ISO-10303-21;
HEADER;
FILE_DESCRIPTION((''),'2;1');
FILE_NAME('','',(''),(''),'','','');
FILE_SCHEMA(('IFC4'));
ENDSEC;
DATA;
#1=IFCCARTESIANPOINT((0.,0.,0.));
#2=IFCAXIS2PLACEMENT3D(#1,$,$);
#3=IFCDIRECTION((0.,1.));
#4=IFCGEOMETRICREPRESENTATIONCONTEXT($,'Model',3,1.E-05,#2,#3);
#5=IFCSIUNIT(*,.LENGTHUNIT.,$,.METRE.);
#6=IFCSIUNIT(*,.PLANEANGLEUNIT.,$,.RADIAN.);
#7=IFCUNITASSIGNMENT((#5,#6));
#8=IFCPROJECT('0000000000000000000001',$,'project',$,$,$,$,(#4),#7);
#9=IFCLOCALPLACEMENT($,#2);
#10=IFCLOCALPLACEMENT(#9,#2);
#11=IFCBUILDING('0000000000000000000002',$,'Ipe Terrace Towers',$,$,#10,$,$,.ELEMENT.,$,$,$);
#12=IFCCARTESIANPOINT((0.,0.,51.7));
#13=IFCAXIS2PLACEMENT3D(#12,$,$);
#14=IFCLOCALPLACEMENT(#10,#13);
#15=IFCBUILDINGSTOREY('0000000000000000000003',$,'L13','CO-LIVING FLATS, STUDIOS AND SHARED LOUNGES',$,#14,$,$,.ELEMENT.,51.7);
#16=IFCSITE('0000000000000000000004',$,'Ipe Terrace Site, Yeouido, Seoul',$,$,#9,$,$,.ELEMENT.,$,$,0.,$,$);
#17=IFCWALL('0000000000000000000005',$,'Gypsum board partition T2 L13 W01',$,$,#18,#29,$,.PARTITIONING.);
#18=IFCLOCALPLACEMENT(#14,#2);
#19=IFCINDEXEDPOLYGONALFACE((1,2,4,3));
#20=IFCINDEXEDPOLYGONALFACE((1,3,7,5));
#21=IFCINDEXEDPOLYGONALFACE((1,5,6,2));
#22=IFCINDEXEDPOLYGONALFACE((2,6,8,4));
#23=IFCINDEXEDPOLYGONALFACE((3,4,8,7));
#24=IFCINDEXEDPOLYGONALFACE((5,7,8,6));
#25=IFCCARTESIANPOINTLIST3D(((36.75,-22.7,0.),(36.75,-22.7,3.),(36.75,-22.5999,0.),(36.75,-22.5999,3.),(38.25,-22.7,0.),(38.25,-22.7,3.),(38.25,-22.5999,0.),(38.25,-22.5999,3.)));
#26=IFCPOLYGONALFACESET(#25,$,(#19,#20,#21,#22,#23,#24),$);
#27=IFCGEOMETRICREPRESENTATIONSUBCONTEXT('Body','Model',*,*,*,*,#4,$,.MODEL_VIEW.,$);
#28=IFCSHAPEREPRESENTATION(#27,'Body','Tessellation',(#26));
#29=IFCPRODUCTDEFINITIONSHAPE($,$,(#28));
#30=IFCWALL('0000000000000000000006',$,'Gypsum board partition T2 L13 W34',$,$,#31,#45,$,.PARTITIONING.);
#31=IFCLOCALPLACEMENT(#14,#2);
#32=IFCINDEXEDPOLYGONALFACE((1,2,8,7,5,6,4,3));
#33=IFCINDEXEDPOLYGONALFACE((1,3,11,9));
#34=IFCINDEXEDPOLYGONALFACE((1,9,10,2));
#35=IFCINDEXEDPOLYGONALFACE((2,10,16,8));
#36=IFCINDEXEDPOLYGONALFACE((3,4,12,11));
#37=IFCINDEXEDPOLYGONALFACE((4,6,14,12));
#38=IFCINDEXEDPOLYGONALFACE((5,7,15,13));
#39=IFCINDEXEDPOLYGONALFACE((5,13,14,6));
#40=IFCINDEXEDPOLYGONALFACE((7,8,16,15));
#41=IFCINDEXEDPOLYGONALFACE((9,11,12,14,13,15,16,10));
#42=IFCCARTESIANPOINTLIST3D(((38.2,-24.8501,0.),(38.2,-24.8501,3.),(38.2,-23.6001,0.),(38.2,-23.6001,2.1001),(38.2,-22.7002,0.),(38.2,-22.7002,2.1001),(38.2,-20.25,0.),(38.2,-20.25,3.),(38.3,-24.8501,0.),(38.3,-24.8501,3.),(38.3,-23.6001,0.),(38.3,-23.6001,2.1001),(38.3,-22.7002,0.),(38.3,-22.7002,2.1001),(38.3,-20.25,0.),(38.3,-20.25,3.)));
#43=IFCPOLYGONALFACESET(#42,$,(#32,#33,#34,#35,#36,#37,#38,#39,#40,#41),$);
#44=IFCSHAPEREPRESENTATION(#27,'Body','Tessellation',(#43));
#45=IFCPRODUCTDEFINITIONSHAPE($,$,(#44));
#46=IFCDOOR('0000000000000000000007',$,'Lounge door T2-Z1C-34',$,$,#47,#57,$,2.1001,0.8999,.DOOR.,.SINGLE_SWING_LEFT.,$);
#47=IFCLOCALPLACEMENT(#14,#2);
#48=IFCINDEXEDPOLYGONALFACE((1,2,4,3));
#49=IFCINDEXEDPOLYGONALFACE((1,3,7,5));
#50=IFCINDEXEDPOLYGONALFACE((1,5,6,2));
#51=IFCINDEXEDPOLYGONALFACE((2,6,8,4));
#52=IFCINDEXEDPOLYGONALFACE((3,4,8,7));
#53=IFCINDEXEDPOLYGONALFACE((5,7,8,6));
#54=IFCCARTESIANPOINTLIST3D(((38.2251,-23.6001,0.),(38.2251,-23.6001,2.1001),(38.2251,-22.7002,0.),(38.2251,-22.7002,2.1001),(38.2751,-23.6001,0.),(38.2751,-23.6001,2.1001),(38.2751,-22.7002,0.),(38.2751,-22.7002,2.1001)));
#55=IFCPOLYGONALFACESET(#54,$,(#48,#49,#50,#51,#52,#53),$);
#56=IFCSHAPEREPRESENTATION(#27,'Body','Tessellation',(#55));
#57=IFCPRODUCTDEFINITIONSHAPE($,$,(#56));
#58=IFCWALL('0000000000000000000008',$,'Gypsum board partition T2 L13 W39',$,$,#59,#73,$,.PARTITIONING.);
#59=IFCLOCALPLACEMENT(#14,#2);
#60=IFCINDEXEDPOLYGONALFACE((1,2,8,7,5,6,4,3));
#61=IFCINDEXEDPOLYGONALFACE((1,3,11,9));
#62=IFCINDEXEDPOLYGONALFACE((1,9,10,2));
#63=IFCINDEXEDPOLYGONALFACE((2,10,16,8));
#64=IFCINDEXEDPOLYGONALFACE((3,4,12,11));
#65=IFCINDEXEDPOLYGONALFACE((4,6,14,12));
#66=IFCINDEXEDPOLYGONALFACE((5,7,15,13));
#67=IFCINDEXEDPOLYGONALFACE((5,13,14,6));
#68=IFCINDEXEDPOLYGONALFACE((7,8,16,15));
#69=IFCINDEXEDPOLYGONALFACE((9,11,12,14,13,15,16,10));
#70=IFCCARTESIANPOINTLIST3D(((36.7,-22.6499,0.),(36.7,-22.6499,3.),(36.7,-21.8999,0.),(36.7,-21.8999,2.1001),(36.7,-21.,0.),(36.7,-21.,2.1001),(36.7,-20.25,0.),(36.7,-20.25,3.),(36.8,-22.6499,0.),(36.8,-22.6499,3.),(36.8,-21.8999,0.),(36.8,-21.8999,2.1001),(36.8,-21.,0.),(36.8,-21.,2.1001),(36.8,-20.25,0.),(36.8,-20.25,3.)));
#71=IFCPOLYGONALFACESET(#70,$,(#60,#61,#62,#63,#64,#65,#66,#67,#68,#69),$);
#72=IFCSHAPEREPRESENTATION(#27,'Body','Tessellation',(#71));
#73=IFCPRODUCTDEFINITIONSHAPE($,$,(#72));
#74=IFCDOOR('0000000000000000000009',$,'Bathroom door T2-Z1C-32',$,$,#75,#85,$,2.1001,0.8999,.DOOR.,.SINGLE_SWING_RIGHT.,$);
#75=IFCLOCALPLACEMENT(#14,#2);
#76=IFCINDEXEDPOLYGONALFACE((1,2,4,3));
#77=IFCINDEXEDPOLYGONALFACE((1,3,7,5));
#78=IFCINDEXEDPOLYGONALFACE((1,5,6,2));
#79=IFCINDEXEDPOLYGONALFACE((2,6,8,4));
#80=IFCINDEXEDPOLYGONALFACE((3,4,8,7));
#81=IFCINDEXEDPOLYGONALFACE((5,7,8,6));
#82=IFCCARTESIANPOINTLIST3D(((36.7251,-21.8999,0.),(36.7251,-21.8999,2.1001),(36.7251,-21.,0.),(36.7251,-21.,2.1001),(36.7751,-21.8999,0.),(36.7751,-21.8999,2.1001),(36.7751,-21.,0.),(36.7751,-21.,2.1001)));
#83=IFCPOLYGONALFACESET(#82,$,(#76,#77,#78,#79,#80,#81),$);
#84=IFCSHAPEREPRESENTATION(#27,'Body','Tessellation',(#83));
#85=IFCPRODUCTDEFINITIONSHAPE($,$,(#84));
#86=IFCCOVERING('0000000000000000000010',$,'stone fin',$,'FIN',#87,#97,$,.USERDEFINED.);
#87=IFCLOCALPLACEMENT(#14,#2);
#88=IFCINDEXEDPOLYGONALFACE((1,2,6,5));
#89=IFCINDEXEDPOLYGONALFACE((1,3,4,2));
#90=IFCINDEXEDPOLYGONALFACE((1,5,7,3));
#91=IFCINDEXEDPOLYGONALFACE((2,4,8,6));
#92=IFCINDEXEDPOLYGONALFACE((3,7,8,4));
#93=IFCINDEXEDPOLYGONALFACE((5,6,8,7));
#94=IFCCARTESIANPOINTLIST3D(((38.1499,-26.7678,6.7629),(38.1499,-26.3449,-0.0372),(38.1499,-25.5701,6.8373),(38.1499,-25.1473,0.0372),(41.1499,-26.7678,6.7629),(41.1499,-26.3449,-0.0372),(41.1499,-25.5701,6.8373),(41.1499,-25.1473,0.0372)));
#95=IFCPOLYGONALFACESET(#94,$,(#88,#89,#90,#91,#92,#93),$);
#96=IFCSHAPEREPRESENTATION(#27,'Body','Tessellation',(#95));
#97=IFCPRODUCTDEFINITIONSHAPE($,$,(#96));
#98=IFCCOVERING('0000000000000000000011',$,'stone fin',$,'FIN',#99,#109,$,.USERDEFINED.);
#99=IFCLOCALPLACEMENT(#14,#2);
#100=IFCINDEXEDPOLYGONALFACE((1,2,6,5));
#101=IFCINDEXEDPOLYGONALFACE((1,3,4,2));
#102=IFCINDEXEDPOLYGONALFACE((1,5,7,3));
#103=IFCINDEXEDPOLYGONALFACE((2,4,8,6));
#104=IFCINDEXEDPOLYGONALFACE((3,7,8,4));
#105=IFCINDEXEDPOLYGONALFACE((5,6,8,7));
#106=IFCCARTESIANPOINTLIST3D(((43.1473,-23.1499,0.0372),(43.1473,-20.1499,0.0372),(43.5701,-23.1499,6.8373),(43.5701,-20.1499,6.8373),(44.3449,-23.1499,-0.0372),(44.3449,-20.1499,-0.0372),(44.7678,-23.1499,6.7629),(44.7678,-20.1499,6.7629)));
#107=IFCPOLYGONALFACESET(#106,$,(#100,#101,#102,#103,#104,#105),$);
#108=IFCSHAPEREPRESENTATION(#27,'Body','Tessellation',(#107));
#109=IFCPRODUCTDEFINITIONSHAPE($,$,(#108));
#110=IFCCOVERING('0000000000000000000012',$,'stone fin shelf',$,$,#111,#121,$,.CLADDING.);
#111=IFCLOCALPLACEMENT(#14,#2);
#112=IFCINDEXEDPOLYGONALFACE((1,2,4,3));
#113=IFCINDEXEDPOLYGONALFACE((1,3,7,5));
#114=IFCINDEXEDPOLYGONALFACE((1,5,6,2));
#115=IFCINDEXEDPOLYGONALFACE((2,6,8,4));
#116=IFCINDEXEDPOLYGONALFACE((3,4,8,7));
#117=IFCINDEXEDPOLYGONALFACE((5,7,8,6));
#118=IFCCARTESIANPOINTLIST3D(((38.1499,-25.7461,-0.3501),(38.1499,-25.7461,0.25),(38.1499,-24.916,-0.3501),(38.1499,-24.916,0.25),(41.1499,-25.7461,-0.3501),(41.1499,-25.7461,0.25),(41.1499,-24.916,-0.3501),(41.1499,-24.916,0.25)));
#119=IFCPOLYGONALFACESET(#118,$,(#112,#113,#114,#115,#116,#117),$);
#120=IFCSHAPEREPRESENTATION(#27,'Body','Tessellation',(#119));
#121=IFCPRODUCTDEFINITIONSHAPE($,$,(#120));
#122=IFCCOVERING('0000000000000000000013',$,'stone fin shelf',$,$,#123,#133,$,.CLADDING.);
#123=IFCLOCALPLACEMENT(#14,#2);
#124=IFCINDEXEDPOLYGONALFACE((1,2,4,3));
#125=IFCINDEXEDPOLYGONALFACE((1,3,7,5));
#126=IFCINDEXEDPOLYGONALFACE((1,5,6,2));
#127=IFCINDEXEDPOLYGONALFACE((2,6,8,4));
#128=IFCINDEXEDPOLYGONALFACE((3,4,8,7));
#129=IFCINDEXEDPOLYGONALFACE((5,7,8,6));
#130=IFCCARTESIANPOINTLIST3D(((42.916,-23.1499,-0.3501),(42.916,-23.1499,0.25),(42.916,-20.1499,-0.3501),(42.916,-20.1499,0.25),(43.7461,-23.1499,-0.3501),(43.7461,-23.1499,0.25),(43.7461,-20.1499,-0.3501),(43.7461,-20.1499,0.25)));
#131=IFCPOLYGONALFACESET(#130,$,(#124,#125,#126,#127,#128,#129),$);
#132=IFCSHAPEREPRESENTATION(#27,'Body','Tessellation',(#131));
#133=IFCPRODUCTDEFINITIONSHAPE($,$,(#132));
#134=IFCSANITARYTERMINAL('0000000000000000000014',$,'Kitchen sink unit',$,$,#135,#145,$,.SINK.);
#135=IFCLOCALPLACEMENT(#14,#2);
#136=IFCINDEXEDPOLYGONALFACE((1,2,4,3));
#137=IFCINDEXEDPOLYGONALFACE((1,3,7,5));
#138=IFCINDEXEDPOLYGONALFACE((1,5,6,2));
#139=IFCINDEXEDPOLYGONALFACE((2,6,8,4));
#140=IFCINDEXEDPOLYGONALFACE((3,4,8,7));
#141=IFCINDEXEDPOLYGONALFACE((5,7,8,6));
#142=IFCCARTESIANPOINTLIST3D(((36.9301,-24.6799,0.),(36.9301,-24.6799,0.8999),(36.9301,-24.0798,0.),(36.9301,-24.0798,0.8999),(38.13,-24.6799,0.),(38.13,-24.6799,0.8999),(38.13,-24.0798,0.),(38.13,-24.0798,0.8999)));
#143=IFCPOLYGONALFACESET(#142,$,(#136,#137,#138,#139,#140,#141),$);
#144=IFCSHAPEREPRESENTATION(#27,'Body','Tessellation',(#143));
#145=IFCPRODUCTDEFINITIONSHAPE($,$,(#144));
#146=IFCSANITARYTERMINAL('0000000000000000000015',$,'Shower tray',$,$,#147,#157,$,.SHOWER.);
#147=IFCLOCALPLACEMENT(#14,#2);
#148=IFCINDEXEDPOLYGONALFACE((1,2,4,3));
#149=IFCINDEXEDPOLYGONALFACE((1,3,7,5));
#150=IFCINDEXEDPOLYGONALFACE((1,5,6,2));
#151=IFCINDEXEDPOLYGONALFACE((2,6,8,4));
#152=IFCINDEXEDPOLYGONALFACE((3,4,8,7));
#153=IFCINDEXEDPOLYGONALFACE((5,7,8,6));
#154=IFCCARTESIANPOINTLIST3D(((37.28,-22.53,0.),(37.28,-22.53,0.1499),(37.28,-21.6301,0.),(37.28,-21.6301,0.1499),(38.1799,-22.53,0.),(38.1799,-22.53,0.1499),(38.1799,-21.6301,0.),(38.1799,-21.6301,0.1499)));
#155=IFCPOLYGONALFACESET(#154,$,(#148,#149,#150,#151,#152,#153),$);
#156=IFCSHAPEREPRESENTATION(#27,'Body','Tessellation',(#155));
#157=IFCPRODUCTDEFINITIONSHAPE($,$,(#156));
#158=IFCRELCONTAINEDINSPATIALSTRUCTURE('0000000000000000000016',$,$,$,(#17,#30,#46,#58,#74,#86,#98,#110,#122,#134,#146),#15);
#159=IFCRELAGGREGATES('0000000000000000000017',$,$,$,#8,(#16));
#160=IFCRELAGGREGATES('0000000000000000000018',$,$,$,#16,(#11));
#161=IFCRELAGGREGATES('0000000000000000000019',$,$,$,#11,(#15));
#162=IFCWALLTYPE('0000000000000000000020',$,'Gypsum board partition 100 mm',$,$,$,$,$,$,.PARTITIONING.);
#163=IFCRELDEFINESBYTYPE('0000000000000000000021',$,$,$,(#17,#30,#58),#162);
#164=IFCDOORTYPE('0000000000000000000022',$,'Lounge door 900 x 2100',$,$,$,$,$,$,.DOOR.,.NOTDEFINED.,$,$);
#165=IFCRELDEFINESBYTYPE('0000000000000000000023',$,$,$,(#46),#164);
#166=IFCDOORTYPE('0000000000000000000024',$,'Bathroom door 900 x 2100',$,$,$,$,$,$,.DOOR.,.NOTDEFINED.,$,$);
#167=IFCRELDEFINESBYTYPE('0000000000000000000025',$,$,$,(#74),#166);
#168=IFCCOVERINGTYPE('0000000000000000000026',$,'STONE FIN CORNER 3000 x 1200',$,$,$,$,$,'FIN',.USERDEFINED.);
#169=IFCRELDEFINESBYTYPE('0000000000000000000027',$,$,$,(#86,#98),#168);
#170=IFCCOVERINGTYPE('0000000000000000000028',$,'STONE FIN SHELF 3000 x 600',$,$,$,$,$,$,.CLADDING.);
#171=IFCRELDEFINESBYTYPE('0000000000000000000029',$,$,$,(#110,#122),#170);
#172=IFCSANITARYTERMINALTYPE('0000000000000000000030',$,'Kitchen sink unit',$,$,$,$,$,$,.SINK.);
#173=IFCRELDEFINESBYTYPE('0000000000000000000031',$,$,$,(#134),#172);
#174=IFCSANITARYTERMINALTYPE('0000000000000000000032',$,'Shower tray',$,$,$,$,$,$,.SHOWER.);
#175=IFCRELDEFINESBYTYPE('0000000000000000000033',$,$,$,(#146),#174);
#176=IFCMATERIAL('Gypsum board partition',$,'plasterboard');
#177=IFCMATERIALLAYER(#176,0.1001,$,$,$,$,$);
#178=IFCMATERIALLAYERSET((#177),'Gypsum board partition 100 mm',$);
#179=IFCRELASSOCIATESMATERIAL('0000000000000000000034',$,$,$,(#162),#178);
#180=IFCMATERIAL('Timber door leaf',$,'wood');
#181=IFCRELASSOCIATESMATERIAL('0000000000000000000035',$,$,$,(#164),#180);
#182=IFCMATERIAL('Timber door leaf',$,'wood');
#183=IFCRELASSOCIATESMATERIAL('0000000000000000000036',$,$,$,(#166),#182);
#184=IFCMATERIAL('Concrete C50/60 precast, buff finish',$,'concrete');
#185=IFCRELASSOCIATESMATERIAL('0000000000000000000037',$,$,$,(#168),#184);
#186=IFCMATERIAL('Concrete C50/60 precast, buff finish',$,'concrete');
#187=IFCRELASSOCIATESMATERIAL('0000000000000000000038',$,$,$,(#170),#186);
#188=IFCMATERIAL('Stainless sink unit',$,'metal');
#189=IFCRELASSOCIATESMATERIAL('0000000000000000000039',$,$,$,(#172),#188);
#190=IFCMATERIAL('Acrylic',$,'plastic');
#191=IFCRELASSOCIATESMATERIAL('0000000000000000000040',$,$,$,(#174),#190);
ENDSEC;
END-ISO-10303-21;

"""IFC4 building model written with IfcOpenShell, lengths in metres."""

from ifc_helpers import new_model, si_unit, direction, frame, frame_2d, origin, origin_2d, place, context, subcontext, project, spatial, rectangle, extrude, material, layer, layer_set, material_profile, profile_set, type_object, element, fill, save


model = new_model("IFC4")

# Units and contexts
model_context = context("Model", 3, precision=1e-05, world=origin(), true_north=direction((0.0, 1.0)))
body_context = subcontext(model_context, "Body", "Model", "MODEL_VIEW")
ifc_project = project(units=[si_unit("LENGTHUNIT", "METRE"), si_unit("PLANEANGLEUNIT", "RADIAN")], contexts=[model_context])

# Site, building, storey
site_placement = place(None, origin())
site = spatial("IfcSite", under=ifc_project, at=site_placement, Name="Ipe Terrace Site, Yeouido, Seoul", CompositionType="ELEMENT", RefElevation=0.0)
building_placement = place(site_placement, origin())
building = spatial("IfcBuilding", under=site, at=building_placement, Name="Ipe Terrace Towers", CompositionType="ELEMENT")
storey_placement = place(building_placement, frame((0.0, 0.0, 51.7)))
storey = spatial("IfcBuildingStorey", under=building, at=storey_placement, Name="L13", Description="CO-LIVING FLATS, STUDIOS AND SHARED LOUNGES", CompositionType="ELEMENT", Elevation=51.7)

# Wall
ifc_material_1 = material(Name="Gypsum board partition", Category="plasterboard")
ifc_layer_1 = layer(ifc_material_1, 0.1001)
ifc_layer_set_1 = layer_set([ifc_layer_1], Name="Gypsum board partition 100 mm")
wall_type_1 = type_object("IfcWallType", Name="Gypsum board partition 100 mm", PredefinedType="PARTITIONING", material=ifc_layer_set_1)
wall_1_placement = place(storey_placement, frame((38.25, -22.6499, 0.0), z_axis=(0.0, 0.0, 1.0), x_axis=(-1.0, 0.0, 0.0)))
element("IfcWall", 1, at=wall_1_placement, inside=storey, type_object=wall_type_1, Name="Gypsum board partition T2 L13 W01", PredefinedType="PARTITIONING", context=body_context, shape_type="SweptSolid", body=[
    extrude(rectangle(XDim=1.5, YDim=0.1001, at=frame_2d((0.75, 0.0))), origin(), (0.0, 0.0, 1.0), 3.0),
])

# Walls, openings, doors
wall_2_placement = place(storey_placement, frame((38.25, -24.8501, 0.0), z_axis=(0.0, 0.0, 1.0), x_axis=(0.0, 1.0, 0.0)))
wall_2 = element("IfcWall", 2, at=wall_2_placement, inside=storey, type_object=wall_type_1, Name="Gypsum board partition T2 L13 W34", PredefinedType="PARTITIONING", context=body_context, shape_type="SweptSolid", body=[
    extrude(rectangle(XDim=4.6001, YDim=0.1001, at=frame_2d((2.3, 0.0))), origin(), (0.0, 0.0, 1.0), 3.0),
])
opening_1_placement = place(wall_2_placement, frame((1.25, 0.0, 0.0)))
opening_1 = element("IfcOpeningElement", 3, at=opening_1_placement, cuts=wall_2, PredefinedType="OPENING", context=body_context, shape_type="SweptSolid", body=[
    extrude(rectangle(XDim=0.8999, YDim=2.1001, at=frame_2d((0.45, 1.05))), frame((0.0, 0.0601, 0.0), z_axis=(0.0, -1.0, 0.0), x_axis=(1.0, 0.0, 0.0)), (0.0, 0.0, 1.0), 0.1201),
])
ifc_material_2 = material(Name="Timber door leaf", Category="wood")
door_type_1 = type_object("IfcDoorType", Name="Lounge door 900 x 2100", OperationType="NOTDEFINED", PredefinedType="DOOR", material=ifc_material_2)
door_1_placement = place(opening_1_placement, origin())
door_1 = element("IfcDoor", 4, at=door_1_placement, inside=storey, type_object=door_type_1, Name="Lounge door T2-Z1C-34", OperationType="SINGLE_SWING_LEFT", OverallHeight=2.1001, OverallWidth=0.8999, PredefinedType="DOOR", context=body_context, shape_type="SweptSolid", body=[
    extrude(rectangle(XDim=0.8999, YDim=2.1001, at=frame_2d((0.45, 1.05))), frame((0.0, 0.0249, 0.0), z_axis=(0.0, -1.0, 0.0), x_axis=(1.0, 0.0, 0.0)), (0.0, 0.0, 1.0), 0.05),
])
fill(opening_1, door_1)
wall_3_placement = place(storey_placement, frame((36.75, -22.6499, 0.0), z_axis=(0.0, 0.0, 1.0), x_axis=(0.0, 1.0, 0.0)))
wall_3 = element("IfcWall", 5, at=wall_3_placement, inside=storey, type_object=wall_type_1, Name="Gypsum board partition T2 L13 W39", PredefinedType="PARTITIONING", context=body_context, shape_type="SweptSolid", body=[
    extrude(rectangle(XDim=2.3999, YDim=0.1001, at=frame_2d((1.2, 0.0))), origin(), (0.0, 0.0, 1.0), 3.0),
])
opening_2_placement = place(wall_3_placement, frame((0.75, 0.0, 0.0)))
opening_2 = element("IfcOpeningElement", 6, at=opening_2_placement, cuts=wall_3, PredefinedType="OPENING", context=body_context, shape_type="SweptSolid", body=[
    extrude(rectangle(XDim=0.8999, YDim=2.1001, at=frame_2d((0.45, 1.05))), frame((0.0, 0.0601, 0.0), z_axis=(0.0, -1.0, 0.0), x_axis=(1.0, 0.0, 0.0)), (0.0, 0.0, 1.0), 0.1201),
])
ifc_material_3 = material(Name="Timber door leaf", Category="wood")
door_type_2 = type_object("IfcDoorType", Name="Bathroom door 900 x 2100", OperationType="NOTDEFINED", PredefinedType="DOOR", material=ifc_material_3)
door_2_placement = place(opening_2_placement, origin())
door_2 = element("IfcDoor", 7, at=door_2_placement, inside=storey, type_object=door_type_2, Name="Bathroom door T2-Z1C-32", OperationType="SINGLE_SWING_RIGHT", OverallHeight=2.1001, OverallWidth=0.8999, PredefinedType="DOOR", context=body_context, shape_type="SweptSolid", body=[
    extrude(rectangle(XDim=0.8999, YDim=2.1001, at=frame_2d((0.45, 1.05))), frame((0.0, 0.0249, 0.0), z_axis=(0.0, -1.0, 0.0), x_axis=(1.0, 0.0, 0.0)), (0.0, 0.0, 1.0), 0.05),
])
fill(opening_2, door_2)

# Coverings
ifc_material_4 = material(Name="Concrete C50/60 precast, buff finish", Category="concrete")
ifc_material_profile_1 = material_profile(ifc_material_4, rectangle(XDim=3.0, YDim=1.2, at=origin_2d()), Name="STONE FIN CORNER 3000 x 1200")
ifc_profile_set_1 = profile_set([ifc_material_profile_1], Name="Concrete C50/60 precast, buff finish")
covering_type_1 = type_object("IfcCoveringType", Name="STONE FIN CORNER 3000 x 1200", ElementType="FIN", PredefinedType="USERDEFINED", material=ifc_profile_set_1)
for number, where, z_axis, x_axis, name in (
    (8, (39.6499, -25.7461, 0.0), (0.0, -0.062064, 0.998072), (1.0, 0.0, 0.0), "stone fin"),
    (9, (43.7461, -21.6499, 0.0), (0.062064, 0.0, 0.998072), (0.0, 1.0, 0.0), "stone fin"),
):
    element("IfcCovering", number, at=place(storey_placement, frame(where, z_axis=z_axis, x_axis=x_axis)), inside=storey, type_object=covering_type_1, Name=name, ObjectType="FIN", PredefinedType="USERDEFINED", context=body_context, shape_type="SweptSolid", body=[
        extrude(rectangle(XDim=3.0, YDim=1.2, at=origin_2d()), origin(), (0.0, 0.0, 1.0), 6.8132),
    ])
ifc_material_5 = material(Name="Concrete C50/60 precast, buff finish", Category="concrete")
covering_type_2 = type_object("IfcCoveringType", Name="STONE FIN SHELF 3000 x 600", PredefinedType="CLADDING", material=ifc_material_5)
for number, where, z_axis, x_axis, name in (
    (10, (39.6499, -25.3311, -0.3501), (0.0, 0.0, 1.0), (1.0, 0.0, 0.0), "stone fin shelf"),
    (11, (43.3311, -21.6499, -0.3501), (0.0, 0.0, 1.0), (0.0, 1.0, 0.0), "stone fin shelf"),
):
    element("IfcCovering", number, at=place(storey_placement, frame(where, z_axis=z_axis, x_axis=x_axis)), inside=storey, type_object=covering_type_2, Name=name, PredefinedType="CLADDING", context=body_context, shape_type="SweptSolid", body=[
        extrude(rectangle(XDim=3.0, YDim=0.8301, at=origin_2d()), origin(), (0.0, 0.0, 1.0), 0.6001),
    ])

# Sanitary terminals
ifc_material_6 = material(Name="Stainless sink unit", Category="metal")
sanitary_terminal_type_1 = type_object("IfcSanitaryTerminalType", Name="Kitchen sink unit", PredefinedType="SINK", material=ifc_material_6)
sanitary_terminal_1_placement = place(storey_placement, frame((37.53, -24.3799, 0.0), z_axis=(0.0, 0.0, 1.0), x_axis=(-1.0, 0.0, 0.0)))
element("IfcSanitaryTerminal", 12, at=sanitary_terminal_1_placement, inside=storey, type_object=sanitary_terminal_type_1, Name="Kitchen sink unit", PredefinedType="SINK", context=body_context, shape_type="SweptSolid", body=[
    extrude(rectangle(XDim=1.2, YDim=0.6001, at=origin_2d()), origin(), (0.0, 0.0, 1.0), 0.8999),
])
ifc_material_7 = material(Name="Acrylic", Category="plastic")
sanitary_terminal_type_2 = type_object("IfcSanitaryTerminalType", Name="Shower tray", PredefinedType="SHOWER", material=ifc_material_7)
sanitary_terminal_2_placement = place(storey_placement, frame((37.73, -22.0801, 0.0), z_axis=(0.0, 0.0, 1.0), x_axis=(-1.0, 0.0, 0.0)))
element("IfcSanitaryTerminal", 13, at=sanitary_terminal_2_placement, inside=storey, type_object=sanitary_terminal_type_2, Name="Shower tray", PredefinedType="SHOWER", context=body_context, shape_type="SweptSolid", body=[
    extrude(rectangle(XDim=0.8999, YDim=0.8999, at=origin_2d()), origin(), (0.0, 0.0, 1.0), 0.1499),
])

save(model, "model.ifc")
